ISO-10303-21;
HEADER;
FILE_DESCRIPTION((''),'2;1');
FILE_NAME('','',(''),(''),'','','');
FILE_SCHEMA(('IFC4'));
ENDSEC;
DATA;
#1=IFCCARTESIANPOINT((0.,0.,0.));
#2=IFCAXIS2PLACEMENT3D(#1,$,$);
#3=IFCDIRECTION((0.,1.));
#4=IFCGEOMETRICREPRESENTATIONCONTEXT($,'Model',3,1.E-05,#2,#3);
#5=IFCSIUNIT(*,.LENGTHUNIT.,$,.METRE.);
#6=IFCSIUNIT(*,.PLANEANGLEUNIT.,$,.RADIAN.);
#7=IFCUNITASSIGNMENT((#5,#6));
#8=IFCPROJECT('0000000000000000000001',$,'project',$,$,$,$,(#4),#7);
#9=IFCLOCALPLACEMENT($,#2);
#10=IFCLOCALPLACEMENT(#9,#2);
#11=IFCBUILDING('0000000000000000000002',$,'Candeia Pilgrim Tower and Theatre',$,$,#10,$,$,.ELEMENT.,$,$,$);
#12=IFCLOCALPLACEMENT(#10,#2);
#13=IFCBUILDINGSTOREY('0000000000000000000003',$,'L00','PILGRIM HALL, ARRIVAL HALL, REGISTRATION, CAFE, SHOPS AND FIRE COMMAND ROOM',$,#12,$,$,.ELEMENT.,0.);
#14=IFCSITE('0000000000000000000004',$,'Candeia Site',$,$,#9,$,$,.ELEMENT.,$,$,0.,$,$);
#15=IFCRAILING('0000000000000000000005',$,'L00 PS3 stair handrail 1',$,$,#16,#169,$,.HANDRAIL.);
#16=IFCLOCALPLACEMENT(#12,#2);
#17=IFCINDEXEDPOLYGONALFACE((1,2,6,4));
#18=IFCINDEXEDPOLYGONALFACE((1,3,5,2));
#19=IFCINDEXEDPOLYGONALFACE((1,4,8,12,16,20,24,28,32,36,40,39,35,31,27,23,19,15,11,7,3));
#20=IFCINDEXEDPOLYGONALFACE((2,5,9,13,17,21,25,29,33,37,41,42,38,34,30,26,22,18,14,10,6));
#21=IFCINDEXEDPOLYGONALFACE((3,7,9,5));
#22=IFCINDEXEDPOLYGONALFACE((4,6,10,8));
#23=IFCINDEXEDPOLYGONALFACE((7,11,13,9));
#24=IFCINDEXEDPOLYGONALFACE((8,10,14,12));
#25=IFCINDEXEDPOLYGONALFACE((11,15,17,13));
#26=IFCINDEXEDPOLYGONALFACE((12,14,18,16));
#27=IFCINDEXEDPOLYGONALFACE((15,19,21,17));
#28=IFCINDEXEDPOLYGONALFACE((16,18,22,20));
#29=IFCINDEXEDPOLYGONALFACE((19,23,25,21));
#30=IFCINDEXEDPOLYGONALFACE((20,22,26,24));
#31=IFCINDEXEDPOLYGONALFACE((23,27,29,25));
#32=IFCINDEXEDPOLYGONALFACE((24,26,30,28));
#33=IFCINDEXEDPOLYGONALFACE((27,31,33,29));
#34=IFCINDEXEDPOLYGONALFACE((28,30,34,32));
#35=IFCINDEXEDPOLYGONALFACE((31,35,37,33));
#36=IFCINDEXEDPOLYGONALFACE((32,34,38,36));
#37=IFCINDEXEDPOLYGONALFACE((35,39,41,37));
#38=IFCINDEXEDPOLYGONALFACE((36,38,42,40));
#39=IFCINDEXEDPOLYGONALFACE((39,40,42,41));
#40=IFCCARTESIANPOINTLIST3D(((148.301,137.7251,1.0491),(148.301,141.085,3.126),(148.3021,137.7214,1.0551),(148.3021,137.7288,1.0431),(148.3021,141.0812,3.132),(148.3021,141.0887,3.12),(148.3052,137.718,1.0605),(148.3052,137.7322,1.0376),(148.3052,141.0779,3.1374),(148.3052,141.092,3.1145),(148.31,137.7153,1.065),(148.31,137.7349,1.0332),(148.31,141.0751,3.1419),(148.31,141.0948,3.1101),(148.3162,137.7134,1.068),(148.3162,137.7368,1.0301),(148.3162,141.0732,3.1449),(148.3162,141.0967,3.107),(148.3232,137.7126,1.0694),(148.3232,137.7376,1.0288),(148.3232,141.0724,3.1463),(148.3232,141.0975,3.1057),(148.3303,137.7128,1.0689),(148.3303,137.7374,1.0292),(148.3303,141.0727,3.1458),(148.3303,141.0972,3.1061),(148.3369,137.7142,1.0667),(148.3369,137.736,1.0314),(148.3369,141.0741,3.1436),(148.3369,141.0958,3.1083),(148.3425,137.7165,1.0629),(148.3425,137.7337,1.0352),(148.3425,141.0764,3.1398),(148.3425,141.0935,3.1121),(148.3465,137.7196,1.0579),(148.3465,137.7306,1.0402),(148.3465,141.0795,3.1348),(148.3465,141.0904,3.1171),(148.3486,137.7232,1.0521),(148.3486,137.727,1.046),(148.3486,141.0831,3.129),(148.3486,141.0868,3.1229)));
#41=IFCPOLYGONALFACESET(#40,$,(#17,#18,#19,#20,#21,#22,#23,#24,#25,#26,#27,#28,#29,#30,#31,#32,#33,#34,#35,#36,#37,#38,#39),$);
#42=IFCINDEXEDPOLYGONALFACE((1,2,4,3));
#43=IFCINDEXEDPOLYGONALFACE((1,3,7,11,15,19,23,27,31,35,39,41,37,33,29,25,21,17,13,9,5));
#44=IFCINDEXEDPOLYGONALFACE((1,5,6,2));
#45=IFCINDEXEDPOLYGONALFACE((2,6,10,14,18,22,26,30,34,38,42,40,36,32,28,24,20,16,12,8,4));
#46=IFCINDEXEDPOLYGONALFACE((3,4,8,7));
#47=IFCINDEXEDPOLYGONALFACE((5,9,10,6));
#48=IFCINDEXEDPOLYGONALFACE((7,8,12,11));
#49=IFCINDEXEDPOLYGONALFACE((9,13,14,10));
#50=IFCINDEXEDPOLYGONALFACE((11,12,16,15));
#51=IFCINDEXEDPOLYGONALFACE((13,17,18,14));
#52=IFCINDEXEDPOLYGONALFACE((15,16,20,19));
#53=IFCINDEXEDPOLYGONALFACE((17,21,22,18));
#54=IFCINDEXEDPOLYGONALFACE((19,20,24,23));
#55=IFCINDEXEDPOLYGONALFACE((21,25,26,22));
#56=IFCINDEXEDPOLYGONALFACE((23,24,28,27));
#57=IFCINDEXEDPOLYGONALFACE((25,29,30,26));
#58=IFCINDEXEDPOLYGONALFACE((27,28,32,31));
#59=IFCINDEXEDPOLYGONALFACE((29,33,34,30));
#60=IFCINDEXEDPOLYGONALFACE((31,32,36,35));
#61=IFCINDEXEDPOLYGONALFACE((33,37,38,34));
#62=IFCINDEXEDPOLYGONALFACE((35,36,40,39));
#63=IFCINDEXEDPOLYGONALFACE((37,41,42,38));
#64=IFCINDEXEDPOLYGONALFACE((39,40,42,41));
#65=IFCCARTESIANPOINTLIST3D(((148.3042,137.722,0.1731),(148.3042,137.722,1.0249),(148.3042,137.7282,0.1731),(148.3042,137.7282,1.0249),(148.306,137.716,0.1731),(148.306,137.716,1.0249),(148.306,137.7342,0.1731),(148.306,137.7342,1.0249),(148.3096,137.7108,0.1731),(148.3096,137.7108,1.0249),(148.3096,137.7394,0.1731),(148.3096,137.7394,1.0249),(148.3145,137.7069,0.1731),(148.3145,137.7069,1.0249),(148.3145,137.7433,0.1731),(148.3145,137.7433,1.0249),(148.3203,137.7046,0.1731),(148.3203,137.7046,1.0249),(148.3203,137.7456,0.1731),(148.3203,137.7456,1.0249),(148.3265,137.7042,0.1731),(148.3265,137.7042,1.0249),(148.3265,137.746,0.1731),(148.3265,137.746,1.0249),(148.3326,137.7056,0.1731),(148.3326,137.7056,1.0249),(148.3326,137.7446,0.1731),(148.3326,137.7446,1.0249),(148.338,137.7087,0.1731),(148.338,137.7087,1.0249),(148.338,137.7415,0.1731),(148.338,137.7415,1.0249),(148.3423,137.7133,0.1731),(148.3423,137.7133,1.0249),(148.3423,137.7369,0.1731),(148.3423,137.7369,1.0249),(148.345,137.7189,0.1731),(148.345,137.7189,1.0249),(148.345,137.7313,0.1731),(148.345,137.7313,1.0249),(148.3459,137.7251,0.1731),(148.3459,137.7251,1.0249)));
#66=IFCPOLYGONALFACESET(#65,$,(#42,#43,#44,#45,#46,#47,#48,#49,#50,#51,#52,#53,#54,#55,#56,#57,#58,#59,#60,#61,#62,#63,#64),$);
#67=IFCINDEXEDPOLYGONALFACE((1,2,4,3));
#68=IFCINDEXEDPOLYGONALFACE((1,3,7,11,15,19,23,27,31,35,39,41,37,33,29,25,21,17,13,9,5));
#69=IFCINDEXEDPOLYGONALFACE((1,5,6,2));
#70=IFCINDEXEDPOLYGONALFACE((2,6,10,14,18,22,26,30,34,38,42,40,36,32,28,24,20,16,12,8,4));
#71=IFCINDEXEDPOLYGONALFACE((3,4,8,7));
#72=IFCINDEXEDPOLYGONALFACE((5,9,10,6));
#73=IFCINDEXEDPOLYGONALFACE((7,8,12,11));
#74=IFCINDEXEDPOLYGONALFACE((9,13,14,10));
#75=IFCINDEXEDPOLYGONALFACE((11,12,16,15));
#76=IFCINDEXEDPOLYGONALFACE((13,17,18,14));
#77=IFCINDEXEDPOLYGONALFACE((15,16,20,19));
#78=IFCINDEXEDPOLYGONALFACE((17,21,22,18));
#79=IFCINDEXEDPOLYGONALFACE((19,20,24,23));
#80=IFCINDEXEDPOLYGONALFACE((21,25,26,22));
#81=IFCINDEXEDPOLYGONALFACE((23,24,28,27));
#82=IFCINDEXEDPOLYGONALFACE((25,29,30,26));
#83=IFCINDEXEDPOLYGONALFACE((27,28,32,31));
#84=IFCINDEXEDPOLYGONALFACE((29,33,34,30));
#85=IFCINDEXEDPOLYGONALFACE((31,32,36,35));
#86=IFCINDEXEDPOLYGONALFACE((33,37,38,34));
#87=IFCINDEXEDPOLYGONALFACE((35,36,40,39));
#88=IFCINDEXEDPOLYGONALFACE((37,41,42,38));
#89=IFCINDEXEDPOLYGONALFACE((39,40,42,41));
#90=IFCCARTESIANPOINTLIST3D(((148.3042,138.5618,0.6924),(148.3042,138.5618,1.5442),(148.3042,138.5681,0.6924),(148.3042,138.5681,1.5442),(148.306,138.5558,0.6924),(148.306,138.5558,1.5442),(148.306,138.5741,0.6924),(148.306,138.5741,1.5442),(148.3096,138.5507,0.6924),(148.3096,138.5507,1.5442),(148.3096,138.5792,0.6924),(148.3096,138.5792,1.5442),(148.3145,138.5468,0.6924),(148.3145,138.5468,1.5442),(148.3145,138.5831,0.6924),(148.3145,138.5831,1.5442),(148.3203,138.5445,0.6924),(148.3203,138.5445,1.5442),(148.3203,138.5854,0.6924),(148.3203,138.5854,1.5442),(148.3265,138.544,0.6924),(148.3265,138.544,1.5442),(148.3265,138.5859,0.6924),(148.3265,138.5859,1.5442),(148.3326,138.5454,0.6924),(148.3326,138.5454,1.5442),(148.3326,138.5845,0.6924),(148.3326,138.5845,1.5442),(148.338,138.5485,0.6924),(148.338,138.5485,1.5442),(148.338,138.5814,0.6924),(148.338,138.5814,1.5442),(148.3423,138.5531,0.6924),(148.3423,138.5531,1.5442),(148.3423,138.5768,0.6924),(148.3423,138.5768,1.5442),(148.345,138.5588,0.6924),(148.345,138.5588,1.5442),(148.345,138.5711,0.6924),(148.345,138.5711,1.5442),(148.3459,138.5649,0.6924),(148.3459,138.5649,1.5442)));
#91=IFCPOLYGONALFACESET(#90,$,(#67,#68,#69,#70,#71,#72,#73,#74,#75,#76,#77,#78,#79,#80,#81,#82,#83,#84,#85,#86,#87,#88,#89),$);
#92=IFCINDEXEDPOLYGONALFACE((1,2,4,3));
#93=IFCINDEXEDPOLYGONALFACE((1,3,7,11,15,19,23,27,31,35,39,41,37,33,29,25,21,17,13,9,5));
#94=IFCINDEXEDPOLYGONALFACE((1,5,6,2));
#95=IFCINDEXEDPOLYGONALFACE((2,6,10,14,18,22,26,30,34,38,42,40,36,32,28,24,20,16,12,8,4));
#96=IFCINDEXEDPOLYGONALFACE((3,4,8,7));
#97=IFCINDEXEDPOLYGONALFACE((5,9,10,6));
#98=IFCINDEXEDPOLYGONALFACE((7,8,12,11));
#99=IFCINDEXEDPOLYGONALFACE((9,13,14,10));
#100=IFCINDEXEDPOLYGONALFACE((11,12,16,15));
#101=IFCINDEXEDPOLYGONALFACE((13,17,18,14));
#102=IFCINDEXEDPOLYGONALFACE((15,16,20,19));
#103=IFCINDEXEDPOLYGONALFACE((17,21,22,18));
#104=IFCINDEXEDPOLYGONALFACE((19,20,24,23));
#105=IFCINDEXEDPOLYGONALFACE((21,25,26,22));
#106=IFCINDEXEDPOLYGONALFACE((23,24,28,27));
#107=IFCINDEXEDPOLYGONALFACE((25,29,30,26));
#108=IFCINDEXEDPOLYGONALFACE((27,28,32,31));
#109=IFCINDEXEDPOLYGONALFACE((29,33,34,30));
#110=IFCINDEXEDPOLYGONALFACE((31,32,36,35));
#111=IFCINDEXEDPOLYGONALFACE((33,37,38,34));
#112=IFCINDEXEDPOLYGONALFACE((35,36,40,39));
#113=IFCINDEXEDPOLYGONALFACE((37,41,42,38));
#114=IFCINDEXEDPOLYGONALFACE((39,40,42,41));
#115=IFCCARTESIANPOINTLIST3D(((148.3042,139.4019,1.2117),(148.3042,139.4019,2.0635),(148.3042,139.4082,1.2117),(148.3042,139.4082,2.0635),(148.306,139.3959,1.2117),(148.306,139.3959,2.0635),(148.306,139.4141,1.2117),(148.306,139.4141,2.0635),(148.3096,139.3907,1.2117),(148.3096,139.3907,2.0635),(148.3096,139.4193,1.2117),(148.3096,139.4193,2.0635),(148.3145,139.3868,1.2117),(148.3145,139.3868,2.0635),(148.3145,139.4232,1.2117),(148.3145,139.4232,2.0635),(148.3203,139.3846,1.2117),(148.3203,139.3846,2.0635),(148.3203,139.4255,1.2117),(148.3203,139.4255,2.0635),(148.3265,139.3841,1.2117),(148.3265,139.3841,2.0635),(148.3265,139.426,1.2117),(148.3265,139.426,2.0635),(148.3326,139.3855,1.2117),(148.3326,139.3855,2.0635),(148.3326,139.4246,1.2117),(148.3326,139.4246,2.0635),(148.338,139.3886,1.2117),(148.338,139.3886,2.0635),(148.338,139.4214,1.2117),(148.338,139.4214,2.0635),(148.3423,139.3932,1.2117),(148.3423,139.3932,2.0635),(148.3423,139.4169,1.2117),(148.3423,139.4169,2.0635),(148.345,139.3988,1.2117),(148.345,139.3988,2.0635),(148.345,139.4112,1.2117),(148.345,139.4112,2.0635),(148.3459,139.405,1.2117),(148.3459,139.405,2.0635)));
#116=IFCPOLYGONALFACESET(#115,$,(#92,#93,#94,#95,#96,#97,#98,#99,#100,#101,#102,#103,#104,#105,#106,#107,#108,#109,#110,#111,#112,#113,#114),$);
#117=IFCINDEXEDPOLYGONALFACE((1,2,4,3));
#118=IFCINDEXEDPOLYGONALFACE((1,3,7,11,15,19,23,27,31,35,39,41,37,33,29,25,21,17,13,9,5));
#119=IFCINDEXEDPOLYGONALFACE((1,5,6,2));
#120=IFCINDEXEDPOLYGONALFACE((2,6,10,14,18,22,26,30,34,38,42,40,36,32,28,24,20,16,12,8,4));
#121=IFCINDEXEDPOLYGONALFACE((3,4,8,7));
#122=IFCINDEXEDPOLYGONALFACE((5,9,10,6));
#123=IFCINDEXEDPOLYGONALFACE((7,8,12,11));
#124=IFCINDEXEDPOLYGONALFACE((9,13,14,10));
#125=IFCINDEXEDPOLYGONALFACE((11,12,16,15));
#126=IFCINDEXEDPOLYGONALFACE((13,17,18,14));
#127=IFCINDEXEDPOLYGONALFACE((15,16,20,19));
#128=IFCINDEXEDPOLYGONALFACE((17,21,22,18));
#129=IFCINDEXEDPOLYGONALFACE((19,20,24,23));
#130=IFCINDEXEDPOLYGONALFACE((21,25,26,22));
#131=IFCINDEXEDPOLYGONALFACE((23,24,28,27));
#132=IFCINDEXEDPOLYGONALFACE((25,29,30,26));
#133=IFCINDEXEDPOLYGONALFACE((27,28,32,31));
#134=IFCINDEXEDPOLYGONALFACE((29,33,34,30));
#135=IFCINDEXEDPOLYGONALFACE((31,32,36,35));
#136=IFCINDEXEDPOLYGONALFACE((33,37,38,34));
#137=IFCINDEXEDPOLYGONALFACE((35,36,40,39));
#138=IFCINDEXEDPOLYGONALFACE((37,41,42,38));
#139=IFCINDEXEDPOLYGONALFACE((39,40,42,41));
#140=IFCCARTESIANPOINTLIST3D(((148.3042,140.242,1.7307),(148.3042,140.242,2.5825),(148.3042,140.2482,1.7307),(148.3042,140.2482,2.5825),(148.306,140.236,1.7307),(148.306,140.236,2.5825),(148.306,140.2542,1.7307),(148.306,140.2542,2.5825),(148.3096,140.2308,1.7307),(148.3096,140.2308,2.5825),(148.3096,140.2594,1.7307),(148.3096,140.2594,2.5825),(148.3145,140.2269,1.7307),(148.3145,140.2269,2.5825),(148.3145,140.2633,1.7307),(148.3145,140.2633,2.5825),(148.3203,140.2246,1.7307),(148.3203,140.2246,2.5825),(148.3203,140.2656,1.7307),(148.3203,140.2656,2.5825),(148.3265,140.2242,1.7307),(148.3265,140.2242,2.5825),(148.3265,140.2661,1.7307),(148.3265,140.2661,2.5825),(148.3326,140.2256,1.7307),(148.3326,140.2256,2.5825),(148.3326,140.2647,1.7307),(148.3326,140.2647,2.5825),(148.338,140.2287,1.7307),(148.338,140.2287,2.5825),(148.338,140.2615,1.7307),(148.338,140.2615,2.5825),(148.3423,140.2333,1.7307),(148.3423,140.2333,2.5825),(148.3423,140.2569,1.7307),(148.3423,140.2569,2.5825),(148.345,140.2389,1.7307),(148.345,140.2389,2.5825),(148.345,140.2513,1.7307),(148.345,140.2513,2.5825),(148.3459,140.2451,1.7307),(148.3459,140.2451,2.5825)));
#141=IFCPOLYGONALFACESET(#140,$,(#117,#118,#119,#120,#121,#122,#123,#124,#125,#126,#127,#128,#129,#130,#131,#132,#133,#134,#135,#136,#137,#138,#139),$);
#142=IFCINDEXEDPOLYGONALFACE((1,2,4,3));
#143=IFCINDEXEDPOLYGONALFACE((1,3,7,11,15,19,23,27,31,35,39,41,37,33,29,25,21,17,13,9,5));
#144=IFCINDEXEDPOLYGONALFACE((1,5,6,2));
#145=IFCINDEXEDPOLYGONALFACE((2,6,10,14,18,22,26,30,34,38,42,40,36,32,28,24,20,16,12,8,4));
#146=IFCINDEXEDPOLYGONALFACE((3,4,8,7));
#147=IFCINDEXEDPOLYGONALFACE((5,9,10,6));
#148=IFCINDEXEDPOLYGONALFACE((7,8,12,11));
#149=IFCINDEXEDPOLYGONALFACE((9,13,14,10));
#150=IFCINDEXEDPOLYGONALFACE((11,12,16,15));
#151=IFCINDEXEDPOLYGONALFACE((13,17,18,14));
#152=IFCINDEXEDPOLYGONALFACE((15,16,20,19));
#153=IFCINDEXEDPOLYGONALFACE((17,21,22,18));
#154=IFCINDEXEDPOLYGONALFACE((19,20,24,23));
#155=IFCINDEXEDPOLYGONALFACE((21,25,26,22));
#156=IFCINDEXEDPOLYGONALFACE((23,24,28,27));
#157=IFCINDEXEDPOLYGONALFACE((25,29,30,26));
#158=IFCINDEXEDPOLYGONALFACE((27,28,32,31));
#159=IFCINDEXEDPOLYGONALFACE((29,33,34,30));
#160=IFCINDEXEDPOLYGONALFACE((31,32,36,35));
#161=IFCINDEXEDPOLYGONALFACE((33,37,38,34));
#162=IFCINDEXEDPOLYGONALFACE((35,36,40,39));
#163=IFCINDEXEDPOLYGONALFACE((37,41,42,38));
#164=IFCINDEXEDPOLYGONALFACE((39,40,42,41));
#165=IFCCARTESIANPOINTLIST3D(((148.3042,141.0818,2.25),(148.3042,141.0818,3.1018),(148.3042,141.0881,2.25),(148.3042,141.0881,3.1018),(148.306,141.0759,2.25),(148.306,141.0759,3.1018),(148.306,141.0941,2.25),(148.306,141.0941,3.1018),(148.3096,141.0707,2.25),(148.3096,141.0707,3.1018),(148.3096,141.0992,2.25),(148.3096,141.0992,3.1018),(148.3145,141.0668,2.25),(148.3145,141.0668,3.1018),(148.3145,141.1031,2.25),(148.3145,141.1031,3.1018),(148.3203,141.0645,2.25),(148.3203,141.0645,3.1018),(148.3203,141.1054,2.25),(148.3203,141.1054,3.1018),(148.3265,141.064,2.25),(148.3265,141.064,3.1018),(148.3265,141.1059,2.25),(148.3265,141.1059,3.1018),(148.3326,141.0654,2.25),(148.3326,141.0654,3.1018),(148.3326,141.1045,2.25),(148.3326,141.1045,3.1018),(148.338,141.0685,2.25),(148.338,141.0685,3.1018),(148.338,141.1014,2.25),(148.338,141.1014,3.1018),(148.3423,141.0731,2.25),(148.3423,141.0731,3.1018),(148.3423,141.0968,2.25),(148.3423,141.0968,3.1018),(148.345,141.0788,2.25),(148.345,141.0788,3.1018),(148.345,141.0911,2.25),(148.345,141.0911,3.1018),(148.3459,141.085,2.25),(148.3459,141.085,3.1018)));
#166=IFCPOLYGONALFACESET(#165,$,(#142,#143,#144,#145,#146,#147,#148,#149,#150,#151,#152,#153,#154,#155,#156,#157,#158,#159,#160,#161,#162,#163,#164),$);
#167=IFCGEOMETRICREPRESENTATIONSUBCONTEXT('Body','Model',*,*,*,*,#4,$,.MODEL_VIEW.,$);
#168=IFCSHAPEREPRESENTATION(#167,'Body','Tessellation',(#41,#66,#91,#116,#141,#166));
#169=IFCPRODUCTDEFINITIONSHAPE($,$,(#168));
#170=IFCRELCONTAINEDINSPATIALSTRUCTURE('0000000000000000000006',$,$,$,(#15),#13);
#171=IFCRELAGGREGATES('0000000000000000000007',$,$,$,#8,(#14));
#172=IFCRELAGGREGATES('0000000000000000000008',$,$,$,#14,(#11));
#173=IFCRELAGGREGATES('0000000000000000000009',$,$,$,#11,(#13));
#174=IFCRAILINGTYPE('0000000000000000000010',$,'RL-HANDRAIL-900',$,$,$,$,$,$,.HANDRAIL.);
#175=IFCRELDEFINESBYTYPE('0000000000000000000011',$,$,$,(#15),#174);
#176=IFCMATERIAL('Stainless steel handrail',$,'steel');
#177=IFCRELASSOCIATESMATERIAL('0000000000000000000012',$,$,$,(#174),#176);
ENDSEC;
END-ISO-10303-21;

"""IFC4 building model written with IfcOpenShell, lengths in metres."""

from ifc_helpers import new_model, si_unit, direction, frame, origin, origin_2d, place, context, subcontext, project, spatial, circle, extrude, material, type_object, element, save


model = new_model("IFC4")

# Units and contexts
model_context = context("Model", 3, precision=1e-05, world=origin(), true_north=direction((0.0, 1.0)))
body_context = subcontext(model_context, "Body", "Model", "MODEL_VIEW")
ifc_project = project(units=[si_unit("LENGTHUNIT", "METRE"), si_unit("PLANEANGLEUNIT", "RADIAN")], contexts=[model_context])

# Site, building, storey
site_placement = place(None, origin())
site = spatial("IfcSite", under=ifc_project, at=site_placement, Name="Candeia Site", CompositionType="ELEMENT", RefElevation=0.0)
building_placement = place(site_placement, origin())
building = spatial("IfcBuilding", under=site, at=building_placement, Name="Candeia Pilgrim Tower and Theatre", CompositionType="ELEMENT")
storey_placement = place(building_placement, origin())
storey = spatial("IfcBuildingStorey", under=building, at=storey_placement, Name="L00", Description="PILGRIM HALL, ARRIVAL HALL, REGISTRATION, CAFE, SHOPS AND FIRE COMMAND ROOM", CompositionType="ELEMENT", Elevation=0.0)

# Railing
ifc_material_1 = material(Name="Stainless steel handrail", Category="steel")
railing_type_1 = type_object("IfcRailingType", Name="RL-HANDRAIL-900", PredefinedType="HANDRAIL", material=ifc_material_1)
for number, where, name in (
    (1, (148.325, 137.7251, 0.1731), "L00 PS3 stair handrail 1"),
):
    element("IfcRailing", number, at=place(storey_placement, frame(where)), inside=storey, type_object=railing_type_1, Name=name, PredefinedType="HANDRAIL", context=body_context, shape_type="SweptSolid", body=[
        extrude(circle(Radius=0.0239, at=origin_2d()), frame((0.0, 0.0, 0.876), z_axis=(0.0, 0.850606, 0.525803), x_axis=(-1.0, 0.0, 0.0)), (0.0, 0.0, 1.0), 3.95),
        extrude(circle(Radius=0.021, at=origin_2d()), origin(), (0.0, 0.0, 1.0), 0.8518),
        extrude(circle(Radius=0.021, at=origin_2d()), frame((0.0, 0.8398, 0.5193)), (0.0, 0.0, 1.0), 0.8518),
        extrude(circle(Radius=0.021, at=origin_2d()), frame((0.0, 1.6799, 1.0386)), (0.0, 0.0, 1.0), 0.8518),
        extrude(circle(Radius=0.021, at=origin_2d()), frame((0.0, 2.52, 1.5576)), (0.0, 0.0, 1.0), 0.8518),
        extrude(circle(Radius=0.021, at=origin_2d()), frame((0.0, 3.3599, 2.0769)), (0.0, 0.0, 1.0), 0.8518),
    ])

save(model, "model.ifc")
